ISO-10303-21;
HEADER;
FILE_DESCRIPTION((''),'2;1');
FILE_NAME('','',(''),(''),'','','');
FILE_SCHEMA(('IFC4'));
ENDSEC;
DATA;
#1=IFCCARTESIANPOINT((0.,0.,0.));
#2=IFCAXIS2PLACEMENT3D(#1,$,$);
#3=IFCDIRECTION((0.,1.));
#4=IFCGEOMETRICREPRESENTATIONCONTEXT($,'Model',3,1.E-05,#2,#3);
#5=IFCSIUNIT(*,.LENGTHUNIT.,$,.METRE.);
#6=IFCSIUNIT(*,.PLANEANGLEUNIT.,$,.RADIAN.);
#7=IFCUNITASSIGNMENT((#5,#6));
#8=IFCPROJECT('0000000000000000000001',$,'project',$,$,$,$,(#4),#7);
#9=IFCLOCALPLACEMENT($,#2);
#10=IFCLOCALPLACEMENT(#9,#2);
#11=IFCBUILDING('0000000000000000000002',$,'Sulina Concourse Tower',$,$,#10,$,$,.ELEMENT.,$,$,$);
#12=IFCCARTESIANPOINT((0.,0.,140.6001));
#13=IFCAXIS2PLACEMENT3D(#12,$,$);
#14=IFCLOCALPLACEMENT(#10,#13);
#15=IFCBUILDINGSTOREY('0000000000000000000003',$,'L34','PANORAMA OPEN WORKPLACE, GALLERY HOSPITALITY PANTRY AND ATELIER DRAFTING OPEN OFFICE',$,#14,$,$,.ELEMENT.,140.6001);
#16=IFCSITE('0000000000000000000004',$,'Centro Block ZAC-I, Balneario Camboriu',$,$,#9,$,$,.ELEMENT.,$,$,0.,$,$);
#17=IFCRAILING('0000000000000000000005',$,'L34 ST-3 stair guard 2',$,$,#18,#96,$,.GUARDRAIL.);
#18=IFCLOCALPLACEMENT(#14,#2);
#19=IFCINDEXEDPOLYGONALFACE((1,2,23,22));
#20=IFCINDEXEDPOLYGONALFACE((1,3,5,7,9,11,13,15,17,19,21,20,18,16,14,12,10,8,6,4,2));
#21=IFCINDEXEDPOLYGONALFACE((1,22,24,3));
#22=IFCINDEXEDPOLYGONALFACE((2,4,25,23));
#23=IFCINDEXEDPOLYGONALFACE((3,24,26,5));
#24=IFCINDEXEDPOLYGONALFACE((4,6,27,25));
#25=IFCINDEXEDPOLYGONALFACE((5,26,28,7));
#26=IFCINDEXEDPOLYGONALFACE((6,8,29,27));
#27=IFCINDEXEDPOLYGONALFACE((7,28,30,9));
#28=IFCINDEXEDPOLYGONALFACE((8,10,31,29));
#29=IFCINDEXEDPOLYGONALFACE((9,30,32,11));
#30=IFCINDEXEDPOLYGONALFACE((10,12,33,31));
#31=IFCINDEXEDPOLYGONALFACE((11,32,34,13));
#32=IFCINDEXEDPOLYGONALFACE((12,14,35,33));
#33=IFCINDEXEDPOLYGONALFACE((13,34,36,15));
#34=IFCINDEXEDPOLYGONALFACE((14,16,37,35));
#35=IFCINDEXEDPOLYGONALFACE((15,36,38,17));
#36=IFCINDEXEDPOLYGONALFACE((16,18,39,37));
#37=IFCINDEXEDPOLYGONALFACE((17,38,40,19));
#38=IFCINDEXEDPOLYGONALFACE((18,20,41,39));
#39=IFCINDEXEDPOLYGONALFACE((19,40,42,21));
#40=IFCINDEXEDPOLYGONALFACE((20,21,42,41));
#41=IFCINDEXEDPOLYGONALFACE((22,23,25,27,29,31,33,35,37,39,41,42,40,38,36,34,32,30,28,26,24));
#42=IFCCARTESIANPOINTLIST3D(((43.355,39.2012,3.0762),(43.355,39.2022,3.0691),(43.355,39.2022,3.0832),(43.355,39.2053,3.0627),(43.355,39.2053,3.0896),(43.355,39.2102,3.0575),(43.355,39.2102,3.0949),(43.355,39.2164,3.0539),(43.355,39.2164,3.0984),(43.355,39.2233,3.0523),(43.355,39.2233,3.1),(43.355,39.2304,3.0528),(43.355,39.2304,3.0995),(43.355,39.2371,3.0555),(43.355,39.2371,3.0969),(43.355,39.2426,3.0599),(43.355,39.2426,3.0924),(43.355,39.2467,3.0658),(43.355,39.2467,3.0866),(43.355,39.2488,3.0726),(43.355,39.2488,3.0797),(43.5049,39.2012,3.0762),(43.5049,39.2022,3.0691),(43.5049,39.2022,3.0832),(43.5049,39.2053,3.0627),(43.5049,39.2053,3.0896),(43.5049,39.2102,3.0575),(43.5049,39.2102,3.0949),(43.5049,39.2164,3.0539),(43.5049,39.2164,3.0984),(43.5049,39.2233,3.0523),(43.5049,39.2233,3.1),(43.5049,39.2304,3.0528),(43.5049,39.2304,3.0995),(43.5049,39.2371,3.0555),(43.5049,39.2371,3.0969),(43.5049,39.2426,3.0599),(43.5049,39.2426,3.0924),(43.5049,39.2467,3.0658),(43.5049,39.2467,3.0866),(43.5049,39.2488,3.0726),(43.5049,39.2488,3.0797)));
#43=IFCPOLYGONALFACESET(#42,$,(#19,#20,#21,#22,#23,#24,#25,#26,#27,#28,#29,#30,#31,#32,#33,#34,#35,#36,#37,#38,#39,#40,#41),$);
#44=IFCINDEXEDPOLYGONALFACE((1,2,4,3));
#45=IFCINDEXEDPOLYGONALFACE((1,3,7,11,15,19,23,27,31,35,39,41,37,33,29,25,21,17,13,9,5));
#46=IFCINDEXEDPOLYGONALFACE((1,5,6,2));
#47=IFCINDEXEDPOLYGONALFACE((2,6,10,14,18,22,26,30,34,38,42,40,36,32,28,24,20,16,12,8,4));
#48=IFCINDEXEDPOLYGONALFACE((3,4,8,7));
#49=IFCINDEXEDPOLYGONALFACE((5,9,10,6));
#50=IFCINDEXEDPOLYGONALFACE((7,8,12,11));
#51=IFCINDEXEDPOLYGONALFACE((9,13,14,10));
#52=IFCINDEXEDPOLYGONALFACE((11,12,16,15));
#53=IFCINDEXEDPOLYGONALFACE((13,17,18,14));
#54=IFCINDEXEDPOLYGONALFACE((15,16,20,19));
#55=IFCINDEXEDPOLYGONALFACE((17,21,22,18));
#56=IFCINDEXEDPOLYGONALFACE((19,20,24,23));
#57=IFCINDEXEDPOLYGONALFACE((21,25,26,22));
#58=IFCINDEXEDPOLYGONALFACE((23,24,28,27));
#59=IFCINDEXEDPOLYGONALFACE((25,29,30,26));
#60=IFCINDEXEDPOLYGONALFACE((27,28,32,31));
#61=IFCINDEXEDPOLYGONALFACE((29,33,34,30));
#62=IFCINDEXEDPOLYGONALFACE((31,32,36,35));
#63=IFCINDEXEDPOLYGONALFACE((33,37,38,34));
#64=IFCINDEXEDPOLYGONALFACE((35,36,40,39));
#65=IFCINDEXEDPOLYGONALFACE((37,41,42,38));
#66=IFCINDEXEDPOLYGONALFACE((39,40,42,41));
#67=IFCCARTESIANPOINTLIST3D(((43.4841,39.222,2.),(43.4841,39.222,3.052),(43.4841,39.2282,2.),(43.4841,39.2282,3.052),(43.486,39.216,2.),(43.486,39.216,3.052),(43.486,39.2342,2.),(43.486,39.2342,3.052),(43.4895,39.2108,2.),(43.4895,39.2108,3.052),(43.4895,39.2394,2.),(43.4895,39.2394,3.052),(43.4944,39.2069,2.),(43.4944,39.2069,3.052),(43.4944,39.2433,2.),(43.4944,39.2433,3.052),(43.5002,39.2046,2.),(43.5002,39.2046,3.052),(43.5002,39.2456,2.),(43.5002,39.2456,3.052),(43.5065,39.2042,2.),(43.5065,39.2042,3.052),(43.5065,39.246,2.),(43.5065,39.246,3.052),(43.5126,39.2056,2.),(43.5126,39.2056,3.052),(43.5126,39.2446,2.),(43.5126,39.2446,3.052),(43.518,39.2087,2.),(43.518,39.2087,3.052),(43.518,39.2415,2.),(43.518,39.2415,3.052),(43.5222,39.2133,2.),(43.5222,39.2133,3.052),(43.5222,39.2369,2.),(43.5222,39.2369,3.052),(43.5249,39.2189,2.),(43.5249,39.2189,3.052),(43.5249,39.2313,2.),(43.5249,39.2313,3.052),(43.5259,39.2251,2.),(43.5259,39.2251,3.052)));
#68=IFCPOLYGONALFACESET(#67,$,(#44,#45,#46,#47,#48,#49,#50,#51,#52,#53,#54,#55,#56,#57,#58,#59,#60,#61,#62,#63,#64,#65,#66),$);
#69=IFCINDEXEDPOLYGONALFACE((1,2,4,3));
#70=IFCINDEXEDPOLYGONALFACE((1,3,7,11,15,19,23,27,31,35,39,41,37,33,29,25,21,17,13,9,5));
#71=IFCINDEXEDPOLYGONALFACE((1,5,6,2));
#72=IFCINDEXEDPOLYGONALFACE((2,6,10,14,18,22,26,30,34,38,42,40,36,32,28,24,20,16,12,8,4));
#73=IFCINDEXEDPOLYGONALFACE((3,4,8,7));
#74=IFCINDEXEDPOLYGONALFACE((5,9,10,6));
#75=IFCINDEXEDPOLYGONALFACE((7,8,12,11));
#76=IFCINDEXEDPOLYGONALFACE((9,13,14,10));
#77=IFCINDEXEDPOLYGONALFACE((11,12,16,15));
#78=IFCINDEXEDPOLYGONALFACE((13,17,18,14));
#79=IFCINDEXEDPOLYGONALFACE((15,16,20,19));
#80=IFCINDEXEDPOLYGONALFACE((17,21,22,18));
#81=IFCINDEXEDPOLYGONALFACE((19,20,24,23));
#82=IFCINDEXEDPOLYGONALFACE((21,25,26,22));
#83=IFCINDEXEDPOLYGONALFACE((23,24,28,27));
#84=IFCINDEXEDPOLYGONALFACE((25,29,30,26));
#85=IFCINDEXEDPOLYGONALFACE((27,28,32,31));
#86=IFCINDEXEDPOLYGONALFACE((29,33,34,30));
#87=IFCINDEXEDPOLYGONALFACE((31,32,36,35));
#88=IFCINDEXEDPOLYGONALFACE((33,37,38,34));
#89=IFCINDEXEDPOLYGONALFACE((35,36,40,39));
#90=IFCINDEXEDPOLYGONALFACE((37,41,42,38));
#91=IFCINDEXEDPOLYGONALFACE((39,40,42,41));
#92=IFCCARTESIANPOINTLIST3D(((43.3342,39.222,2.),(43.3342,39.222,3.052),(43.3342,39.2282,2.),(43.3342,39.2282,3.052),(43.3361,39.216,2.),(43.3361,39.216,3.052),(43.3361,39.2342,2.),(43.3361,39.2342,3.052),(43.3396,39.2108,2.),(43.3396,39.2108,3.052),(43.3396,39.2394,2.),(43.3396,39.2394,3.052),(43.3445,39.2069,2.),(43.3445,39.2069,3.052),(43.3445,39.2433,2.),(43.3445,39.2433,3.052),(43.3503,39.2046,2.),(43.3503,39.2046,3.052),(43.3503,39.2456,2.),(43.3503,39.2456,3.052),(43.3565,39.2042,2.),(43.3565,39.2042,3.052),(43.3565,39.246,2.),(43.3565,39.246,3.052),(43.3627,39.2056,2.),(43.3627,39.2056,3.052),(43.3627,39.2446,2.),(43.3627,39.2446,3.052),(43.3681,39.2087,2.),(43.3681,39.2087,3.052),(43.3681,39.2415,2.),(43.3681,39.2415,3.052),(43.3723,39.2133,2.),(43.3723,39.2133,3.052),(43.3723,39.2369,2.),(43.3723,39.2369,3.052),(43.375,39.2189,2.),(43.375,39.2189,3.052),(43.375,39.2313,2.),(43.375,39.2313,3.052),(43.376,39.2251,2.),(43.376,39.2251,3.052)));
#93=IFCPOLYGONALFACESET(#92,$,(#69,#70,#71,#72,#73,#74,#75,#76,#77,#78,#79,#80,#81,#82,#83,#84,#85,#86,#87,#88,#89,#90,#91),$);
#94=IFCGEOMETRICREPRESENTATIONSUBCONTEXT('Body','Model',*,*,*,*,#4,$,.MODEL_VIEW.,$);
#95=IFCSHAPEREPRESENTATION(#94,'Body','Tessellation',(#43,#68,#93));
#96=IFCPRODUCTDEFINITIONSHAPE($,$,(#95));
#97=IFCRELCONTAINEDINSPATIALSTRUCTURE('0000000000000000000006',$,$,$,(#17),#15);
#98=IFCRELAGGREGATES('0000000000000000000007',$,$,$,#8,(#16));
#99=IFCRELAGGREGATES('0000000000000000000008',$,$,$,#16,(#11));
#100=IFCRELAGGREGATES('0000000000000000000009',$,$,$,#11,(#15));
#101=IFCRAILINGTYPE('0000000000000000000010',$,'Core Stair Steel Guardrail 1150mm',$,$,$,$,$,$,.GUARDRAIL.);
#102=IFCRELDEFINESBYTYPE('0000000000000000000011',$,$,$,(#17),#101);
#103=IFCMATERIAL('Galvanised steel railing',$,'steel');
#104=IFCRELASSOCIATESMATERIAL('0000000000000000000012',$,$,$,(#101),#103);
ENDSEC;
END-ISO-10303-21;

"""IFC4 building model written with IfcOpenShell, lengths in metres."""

from ifc_helpers import new_model, si_unit, direction, frame, origin, origin_2d, place, context, subcontext, project, spatial, circle, extrude, material, type_object, element, save


model = new_model("IFC4")

# Units and contexts
model_context = context("Model", 3, precision=1e-05, world=origin(), true_north=direction((0.0, 1.0)))
body_context = subcontext(model_context, "Body", "Model", "MODEL_VIEW")
ifc_project = project(units=[si_unit("LENGTHUNIT", "METRE"), si_unit("PLANEANGLEUNIT", "RADIAN")], contexts=[model_context])

# Site, building, storey
site_placement = place(None, origin())
site = spatial("IfcSite", under=ifc_project, at=site_placement, Name="Centro Block ZAC-I, Balneario Camboriu", CompositionType="ELEMENT", RefElevation=0.0)
building_placement = place(site_placement, origin())
building = spatial("IfcBuilding", under=site, at=building_placement, Name="Sulina Concourse Tower", CompositionType="ELEMENT")
storey_placement = place(building_placement, frame((0.0, 0.0, 140.6001)))
storey = spatial("IfcBuildingStorey", under=building, at=storey_placement, Name="L34", Description="PANORAMA OPEN WORKPLACE, GALLERY HOSPITALITY PANTRY AND ATELIER DRAFTING OPEN OFFICE", CompositionType="ELEMENT", Elevation=140.6001)

# Railing
ifc_material_1 = material(Name="Galvanised steel railing", Category="steel")
railing_type_1 = type_object("IfcRailingType", Name="Core Stair Steel Guardrail 1150mm", PredefinedType="GUARDRAIL", material=ifc_material_1)
railing_1_placement = place(storey_placement, frame((43.5049, 39.2251, 2.0)))
element("IfcRailing", 1, at=railing_1_placement, inside=storey, type_object=railing_type_1, Name="L34 ST-3 stair guard 2", PredefinedType="GUARDRAIL", context=body_context, shape_type="SweptSolid", body=[
    extrude(circle(Radius=0.0239, at=origin_2d()), frame((0.0, 0.0, 1.0762), z_axis=(-1.0, 0.0, 0.0), x_axis=(0.0, -1.0, 0.0)), (0.0, 0.0, 1.0), 0.1499),
    extrude(circle(Radius=0.021, at=origin_2d()), origin(), (0.0, 0.0, 1.0), 1.052),
    extrude(circle(Radius=0.021, at=origin_2d()), frame((-0.1499, 0.0, 0.0)), (0.0, 0.0, 1.0), 1.052),
])

save(model, "model.ifc")
